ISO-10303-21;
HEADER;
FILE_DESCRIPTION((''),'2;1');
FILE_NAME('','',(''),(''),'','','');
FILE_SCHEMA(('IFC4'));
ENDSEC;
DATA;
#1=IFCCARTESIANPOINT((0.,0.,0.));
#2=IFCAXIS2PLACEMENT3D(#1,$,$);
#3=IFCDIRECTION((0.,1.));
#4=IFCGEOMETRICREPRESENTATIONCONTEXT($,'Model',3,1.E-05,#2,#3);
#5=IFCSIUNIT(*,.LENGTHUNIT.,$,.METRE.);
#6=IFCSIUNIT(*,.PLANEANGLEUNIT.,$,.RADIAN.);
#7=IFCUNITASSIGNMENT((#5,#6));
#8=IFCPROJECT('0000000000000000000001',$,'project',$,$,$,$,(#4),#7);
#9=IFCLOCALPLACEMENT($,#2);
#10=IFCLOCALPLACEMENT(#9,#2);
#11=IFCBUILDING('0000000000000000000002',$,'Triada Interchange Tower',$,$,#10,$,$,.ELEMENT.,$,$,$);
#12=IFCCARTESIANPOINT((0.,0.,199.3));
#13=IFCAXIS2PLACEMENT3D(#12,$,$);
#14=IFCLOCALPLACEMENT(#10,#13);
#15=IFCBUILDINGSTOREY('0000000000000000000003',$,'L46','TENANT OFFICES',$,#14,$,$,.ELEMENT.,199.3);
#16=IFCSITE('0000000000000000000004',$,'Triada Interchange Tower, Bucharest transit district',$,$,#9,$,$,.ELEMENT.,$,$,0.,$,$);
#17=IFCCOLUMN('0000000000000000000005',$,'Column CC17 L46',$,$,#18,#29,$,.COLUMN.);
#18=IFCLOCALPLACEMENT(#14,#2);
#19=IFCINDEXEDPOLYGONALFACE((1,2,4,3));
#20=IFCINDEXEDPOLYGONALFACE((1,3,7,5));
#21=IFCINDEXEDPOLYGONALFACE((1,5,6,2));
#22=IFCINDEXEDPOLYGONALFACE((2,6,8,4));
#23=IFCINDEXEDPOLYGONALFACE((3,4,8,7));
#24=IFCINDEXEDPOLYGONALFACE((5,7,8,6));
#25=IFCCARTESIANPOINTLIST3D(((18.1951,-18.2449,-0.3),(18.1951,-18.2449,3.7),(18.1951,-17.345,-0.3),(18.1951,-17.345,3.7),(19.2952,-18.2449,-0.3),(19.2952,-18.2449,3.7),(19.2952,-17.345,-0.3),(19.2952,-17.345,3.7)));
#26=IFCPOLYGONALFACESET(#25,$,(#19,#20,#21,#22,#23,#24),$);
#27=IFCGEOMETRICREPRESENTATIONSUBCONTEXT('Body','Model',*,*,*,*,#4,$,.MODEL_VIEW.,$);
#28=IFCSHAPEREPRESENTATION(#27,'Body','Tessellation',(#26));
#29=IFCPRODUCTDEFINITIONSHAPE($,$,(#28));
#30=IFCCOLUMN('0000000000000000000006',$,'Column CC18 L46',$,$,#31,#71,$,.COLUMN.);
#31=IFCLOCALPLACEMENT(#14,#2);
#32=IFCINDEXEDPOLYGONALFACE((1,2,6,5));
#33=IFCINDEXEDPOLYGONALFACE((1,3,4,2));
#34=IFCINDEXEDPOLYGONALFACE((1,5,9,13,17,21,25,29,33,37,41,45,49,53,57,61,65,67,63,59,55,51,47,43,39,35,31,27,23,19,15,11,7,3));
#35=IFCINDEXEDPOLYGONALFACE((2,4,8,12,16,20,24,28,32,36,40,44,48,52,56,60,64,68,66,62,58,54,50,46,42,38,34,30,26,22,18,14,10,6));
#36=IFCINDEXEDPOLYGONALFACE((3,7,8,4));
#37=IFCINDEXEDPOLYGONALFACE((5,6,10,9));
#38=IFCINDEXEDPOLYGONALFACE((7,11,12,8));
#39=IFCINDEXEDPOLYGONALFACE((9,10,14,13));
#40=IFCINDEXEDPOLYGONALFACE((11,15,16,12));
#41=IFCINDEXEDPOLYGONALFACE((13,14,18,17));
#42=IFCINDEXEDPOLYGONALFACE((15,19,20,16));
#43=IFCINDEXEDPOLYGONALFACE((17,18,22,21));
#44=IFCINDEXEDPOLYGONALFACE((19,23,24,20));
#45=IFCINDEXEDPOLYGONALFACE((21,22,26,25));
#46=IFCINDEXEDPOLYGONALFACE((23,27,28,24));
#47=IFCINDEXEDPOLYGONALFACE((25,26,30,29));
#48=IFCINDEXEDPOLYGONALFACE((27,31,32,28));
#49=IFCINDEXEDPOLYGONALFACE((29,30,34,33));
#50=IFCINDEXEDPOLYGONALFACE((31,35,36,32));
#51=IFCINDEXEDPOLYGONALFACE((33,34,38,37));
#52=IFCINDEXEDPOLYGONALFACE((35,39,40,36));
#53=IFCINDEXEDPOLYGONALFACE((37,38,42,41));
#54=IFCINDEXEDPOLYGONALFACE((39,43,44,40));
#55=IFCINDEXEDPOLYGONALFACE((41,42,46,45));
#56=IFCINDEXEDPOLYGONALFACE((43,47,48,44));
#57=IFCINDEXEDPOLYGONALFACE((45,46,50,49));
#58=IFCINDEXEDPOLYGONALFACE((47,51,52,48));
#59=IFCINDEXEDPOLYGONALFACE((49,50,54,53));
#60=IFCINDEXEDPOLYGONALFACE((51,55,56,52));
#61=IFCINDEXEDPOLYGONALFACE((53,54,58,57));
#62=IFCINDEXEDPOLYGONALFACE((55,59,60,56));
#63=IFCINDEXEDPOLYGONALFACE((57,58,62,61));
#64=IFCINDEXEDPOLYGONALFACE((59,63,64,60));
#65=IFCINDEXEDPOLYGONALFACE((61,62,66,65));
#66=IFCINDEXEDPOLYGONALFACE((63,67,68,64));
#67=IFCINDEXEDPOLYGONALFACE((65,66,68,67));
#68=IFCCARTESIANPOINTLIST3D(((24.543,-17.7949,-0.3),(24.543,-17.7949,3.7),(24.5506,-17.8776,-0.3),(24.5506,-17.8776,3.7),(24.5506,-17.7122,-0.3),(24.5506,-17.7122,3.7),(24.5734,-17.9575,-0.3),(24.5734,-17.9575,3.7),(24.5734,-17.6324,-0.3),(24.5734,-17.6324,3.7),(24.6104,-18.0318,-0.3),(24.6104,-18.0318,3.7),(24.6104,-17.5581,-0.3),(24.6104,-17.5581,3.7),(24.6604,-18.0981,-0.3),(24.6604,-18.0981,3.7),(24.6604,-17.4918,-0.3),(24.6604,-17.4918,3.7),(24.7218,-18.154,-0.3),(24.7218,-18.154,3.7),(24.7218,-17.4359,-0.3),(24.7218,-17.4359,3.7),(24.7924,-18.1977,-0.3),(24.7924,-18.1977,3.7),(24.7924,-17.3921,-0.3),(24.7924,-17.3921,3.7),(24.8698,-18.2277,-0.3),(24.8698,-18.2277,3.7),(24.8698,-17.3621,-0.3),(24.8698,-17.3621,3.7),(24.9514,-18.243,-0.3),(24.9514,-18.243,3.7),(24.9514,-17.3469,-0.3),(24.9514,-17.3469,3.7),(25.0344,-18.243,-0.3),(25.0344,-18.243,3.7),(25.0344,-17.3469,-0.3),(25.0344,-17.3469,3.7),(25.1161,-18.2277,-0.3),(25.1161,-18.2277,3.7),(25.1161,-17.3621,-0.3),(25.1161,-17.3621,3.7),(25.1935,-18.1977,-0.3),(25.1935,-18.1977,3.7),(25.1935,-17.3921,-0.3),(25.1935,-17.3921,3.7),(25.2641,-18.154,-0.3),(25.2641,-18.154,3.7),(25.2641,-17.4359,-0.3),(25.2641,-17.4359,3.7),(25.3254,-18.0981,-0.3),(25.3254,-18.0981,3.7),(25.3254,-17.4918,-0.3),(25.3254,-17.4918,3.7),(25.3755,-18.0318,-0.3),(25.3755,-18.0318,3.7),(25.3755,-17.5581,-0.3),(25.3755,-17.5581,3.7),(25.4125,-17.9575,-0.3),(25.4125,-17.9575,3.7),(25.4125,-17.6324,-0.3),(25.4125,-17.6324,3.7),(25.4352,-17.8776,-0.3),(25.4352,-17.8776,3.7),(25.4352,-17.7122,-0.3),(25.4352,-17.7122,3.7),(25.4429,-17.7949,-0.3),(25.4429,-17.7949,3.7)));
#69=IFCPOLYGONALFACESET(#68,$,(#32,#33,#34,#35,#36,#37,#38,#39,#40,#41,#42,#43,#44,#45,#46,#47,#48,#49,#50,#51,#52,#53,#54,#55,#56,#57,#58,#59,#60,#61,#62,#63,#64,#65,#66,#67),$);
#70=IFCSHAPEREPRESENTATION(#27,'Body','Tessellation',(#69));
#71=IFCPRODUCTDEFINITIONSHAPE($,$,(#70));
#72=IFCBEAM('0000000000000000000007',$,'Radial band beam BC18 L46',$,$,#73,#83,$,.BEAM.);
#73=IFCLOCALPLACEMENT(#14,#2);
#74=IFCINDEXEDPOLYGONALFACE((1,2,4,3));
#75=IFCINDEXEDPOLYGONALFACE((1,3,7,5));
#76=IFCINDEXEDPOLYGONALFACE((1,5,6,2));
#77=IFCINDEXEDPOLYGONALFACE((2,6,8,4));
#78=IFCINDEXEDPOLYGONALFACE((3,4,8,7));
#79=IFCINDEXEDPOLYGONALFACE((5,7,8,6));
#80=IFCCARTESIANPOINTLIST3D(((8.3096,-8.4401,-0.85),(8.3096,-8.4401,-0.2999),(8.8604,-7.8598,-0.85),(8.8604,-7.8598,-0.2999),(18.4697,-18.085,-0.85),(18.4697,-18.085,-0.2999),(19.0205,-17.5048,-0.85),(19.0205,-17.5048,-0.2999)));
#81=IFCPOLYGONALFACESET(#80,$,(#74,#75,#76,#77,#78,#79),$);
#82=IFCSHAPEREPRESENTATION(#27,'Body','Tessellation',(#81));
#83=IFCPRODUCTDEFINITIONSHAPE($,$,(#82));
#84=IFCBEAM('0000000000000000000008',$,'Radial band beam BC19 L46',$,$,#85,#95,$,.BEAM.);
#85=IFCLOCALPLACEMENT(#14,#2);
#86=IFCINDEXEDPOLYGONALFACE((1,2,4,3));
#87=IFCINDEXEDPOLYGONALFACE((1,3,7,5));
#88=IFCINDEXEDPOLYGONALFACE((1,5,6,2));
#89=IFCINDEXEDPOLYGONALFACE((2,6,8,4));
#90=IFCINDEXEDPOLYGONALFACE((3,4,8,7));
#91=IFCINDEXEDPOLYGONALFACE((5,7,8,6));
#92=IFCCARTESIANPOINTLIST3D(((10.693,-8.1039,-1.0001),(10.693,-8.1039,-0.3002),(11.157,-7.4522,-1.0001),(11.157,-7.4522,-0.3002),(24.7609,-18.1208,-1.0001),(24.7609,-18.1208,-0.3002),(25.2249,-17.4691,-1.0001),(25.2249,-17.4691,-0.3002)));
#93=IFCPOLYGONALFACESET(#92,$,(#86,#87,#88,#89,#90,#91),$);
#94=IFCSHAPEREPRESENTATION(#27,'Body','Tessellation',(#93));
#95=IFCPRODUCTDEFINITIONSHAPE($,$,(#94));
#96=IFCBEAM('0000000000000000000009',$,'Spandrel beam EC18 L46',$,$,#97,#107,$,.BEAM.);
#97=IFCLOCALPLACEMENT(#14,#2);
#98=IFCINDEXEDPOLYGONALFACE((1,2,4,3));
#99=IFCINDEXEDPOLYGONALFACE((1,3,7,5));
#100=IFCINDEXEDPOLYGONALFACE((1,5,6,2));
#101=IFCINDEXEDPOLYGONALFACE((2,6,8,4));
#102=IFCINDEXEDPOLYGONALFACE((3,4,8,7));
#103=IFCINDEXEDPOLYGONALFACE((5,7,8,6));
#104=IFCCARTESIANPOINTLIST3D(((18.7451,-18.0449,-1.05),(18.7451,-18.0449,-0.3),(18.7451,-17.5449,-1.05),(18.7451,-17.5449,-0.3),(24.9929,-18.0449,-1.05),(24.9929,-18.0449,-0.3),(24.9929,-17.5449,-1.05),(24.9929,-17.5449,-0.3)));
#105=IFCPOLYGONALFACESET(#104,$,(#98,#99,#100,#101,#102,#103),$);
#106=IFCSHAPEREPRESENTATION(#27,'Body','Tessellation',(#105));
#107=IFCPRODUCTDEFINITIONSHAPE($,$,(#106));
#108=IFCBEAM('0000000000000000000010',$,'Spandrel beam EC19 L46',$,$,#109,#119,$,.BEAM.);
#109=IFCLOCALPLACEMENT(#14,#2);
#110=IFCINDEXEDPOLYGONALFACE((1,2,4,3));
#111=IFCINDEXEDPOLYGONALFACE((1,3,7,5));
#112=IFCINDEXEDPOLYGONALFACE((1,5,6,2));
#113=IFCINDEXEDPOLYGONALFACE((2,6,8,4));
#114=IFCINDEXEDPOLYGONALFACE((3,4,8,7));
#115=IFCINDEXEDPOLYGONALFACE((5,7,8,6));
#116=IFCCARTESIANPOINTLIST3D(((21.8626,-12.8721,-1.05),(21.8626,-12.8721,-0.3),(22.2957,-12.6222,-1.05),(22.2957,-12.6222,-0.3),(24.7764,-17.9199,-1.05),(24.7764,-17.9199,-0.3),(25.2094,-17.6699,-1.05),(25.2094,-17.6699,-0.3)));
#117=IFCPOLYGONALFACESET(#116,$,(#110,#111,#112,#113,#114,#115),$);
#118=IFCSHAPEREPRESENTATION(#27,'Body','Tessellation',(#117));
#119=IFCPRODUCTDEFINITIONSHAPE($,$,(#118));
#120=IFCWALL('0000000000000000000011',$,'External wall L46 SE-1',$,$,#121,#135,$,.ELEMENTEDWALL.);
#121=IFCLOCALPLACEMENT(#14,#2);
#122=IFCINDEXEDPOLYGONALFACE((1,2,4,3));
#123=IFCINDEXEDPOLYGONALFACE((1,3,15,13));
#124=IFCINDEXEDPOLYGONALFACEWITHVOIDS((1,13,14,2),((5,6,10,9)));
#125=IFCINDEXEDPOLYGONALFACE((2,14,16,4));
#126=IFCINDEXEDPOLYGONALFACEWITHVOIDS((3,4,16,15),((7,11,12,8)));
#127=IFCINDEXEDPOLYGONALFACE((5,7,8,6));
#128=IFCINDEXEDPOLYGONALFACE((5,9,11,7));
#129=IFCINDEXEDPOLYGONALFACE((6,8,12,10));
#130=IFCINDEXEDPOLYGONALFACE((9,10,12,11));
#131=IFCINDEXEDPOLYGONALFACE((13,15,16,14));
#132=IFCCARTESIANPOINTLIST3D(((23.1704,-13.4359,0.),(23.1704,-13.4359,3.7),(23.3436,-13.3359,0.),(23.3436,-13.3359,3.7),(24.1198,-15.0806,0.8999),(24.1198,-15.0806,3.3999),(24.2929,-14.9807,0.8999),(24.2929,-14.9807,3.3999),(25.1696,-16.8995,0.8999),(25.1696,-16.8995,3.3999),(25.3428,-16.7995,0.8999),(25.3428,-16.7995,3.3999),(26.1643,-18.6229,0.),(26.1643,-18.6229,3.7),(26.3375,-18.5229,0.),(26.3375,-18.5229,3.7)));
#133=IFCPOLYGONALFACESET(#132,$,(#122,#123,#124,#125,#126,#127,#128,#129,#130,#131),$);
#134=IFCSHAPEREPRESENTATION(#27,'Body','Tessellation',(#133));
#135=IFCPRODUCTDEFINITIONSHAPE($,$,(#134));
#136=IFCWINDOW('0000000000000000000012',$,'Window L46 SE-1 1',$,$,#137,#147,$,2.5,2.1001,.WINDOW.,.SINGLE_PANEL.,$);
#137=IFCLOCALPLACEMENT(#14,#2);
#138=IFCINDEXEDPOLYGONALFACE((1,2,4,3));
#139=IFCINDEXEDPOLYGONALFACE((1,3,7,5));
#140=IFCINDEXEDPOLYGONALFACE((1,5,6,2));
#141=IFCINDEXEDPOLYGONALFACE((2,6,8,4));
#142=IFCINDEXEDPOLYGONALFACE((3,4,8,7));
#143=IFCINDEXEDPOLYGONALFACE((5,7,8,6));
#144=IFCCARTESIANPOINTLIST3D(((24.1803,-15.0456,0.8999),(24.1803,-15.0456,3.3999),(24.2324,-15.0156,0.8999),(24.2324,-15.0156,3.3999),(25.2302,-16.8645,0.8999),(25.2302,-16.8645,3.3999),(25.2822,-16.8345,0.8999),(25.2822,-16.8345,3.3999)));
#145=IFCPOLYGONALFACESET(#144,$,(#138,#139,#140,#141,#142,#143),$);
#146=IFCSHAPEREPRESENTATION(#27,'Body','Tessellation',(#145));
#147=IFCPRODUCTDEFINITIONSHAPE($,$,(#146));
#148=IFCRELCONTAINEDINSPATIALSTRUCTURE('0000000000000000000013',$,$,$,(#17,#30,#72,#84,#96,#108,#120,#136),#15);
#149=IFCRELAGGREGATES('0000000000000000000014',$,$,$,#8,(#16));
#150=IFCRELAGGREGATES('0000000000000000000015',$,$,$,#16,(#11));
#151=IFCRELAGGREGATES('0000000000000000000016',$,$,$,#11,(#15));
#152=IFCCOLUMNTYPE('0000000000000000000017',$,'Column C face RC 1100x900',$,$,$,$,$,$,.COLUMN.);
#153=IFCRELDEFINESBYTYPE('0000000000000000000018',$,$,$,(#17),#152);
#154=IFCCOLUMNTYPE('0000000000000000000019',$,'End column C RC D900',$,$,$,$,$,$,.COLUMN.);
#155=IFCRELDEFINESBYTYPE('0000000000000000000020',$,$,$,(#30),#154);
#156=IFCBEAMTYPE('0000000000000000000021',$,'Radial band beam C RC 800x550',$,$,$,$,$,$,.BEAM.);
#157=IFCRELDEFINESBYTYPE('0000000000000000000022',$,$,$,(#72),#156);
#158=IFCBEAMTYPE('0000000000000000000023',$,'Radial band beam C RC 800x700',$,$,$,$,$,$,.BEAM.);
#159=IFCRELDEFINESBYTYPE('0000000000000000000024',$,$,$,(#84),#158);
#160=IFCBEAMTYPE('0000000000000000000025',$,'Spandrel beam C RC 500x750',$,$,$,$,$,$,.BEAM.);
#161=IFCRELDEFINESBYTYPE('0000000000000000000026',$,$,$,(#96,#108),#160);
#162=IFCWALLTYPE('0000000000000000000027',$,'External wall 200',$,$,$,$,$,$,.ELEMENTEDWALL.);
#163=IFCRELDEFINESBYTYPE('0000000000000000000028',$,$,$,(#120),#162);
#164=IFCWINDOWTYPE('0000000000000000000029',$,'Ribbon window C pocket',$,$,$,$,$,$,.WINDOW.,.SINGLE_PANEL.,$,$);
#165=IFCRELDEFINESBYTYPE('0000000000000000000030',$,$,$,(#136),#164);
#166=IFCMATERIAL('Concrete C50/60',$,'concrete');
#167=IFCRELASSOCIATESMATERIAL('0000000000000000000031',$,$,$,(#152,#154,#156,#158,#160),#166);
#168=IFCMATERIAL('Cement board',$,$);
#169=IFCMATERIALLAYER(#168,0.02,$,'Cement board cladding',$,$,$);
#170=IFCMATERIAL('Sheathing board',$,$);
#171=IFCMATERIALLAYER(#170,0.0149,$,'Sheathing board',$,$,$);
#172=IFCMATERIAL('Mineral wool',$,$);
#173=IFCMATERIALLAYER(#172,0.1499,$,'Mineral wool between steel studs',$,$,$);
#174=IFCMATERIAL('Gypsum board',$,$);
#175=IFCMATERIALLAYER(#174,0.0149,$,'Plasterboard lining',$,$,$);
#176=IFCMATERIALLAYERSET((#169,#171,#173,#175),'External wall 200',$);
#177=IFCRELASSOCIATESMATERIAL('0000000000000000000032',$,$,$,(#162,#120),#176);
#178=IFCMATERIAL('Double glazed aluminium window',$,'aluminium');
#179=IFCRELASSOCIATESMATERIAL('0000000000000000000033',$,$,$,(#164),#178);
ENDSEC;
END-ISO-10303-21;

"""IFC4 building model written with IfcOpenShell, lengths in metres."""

from ifc_helpers import new_model, si_unit, direction, frame, frame_2d, origin, origin_2d, place, context, subcontext, project, spatial, rectangle, circle, extrude, material, layer, layer_set, layer_usage, material_profile, profile_set, type_object, element, fill, save


model = new_model("IFC4")

# Units and contexts
model_context = context("Model", 3, precision=1e-05, world=origin(), true_north=direction((0.0, 1.0)))
body_context = subcontext(model_context, "Body", "Model", "MODEL_VIEW")
ifc_project = project(units=[si_unit("LENGTHUNIT", "METRE"), si_unit("PLANEANGLEUNIT", "RADIAN")], contexts=[model_context])

# Site, building, storey
site_placement = place(None, origin())
site = spatial("IfcSite", under=ifc_project, at=site_placement, Name="Triada Interchange Tower, Bucharest transit district", CompositionType="ELEMENT", RefElevation=0.0)
building_placement = place(site_placement, origin())
building = spatial("IfcBuilding", under=site, at=building_placement, Name="Triada Interchange Tower", CompositionType="ELEMENT")
storey_placement = place(building_placement, frame((0.0, 0.0, 199.3)))
storey = spatial("IfcBuildingStorey", under=building, at=storey_placement, Name="L46", Description="TENANT OFFICES", CompositionType="ELEMENT", Elevation=199.3)

# Columns
ifc_material_1 = material(Name="Concrete C50/60", Category="concrete")
ifc_material_profile_1 = material_profile(ifc_material_1, rectangle(XDim=1.1001, YDim=0.8999, at=origin_2d()), Name="RC 1100x900")
ifc_profile_set_1 = profile_set([ifc_material_profile_1], Name="Concrete C50/60")
column_type_1 = type_object("IfcColumnType", Name="Column C face RC 1100x900", PredefinedType="COLUMN", material=ifc_profile_set_1)
column_1_placement = place(storey_placement, frame((18.7451, -17.7949, -0.3), z_axis=(0.0, 0.0, 1.0), x_axis=(1.0, 0.0, 0.0)))
element("IfcColumn", 1, at=column_1_placement, inside=storey, type_object=column_type_1, Name="Column CC17 L46", PredefinedType="COLUMN", context=body_context, shape_type="SweptSolid", body=[
    extrude(rectangle(XDim=1.1001, YDim=0.8999, at=origin_2d()), origin(), (0.0, 0.0, 1.0), 4.0),
])
ifc_material_profile_2 = material_profile(ifc_material_1, circle(Radius=0.45, at=origin_2d()), Name="RC D900")
ifc_profile_set_2 = profile_set([ifc_material_profile_2], Name="Concrete C50/60")
column_type_2 = type_object("IfcColumnType", Name="End column C RC D900", PredefinedType="COLUMN", material=ifc_profile_set_2)
column_2_placement = place(storey_placement, frame((24.9929, -17.7949, -0.3), z_axis=(0.0, 0.0, 1.0), x_axis=(1.0, 0.0, 0.0)))
element("IfcColumn", 2, at=column_2_placement, inside=storey, type_object=column_type_2, Name="Column CC18 L46", PredefinedType="COLUMN", context=body_context, shape_type="SweptSolid", body=[
    extrude(circle(Radius=0.45, at=origin_2d()), origin(), (0.0, 0.0, 1.0), 4.0),
])

# Beams
ifc_material_profile_3 = material_profile(ifc_material_1, rectangle(XDim=0.8, YDim=0.55, at=origin_2d()), Name="RC 800x550")
ifc_profile_set_3 = profile_set([ifc_material_profile_3], Name="Concrete C50/60")
beam_type_1 = type_object("IfcBeamType", Name="Radial band beam C RC 800x550", PredefinedType="BEAM", material=ifc_profile_set_3)
beam_1_placement = place(storey_placement, frame((18.7451, -17.7949, -0.575), z_axis=(-0.725253, 0.688482, 0.0), x_axis=(-0.688482, -0.725253, 0.0)))
element("IfcBeam", 3, at=beam_1_placement, inside=storey, type_object=beam_type_1, Name="Radial band beam BC18 L46", PredefinedType="BEAM", context=body_context, shape_type="SweptSolid", body=[
    extrude(rectangle(XDim=0.8, YDim=0.55, at=origin_2d()), origin(), (0.0, 0.0, 1.0), 14.009),
])
ifc_material_profile_4 = material_profile(ifc_material_1, rectangle(XDim=0.8, YDim=0.7, at=origin_2d()), Name="RC 800x700")
ifc_profile_set_4 = profile_set([ifc_material_profile_4], Name="Concrete C50/60")
beam_type_2 = type_object("IfcBeamType", Name="Radial band beam C RC 800x700", PredefinedType="BEAM", material=ifc_profile_set_4)
beam_2_placement = place(storey_placement, frame((24.9929, -17.7949, -0.6501), z_axis=(-0.814599, 0.580025, 0.0), x_axis=(-0.580025, -0.814599, 0.0)))
element("IfcBeam", 4, at=beam_2_placement, inside=storey, type_object=beam_type_2, Name="Radial band beam BC19 L46", PredefinedType="BEAM", context=body_context, shape_type="SweptSolid", body=[
    extrude(rectangle(XDim=0.8, YDim=0.7, at=origin_2d()), origin(), (0.0, 0.0, 1.0), 17.2698),
])
ifc_material_profile_5 = material_profile(ifc_material_1, rectangle(XDim=0.5, YDim=0.75, at=origin_2d()), Name="RC 500x750")
ifc_profile_set_5 = profile_set([ifc_material_profile_5], Name="Concrete C50/60")
beam_type_3 = type_object("IfcBeamType", Name="Spandrel beam C RC 500x750", PredefinedType="BEAM", material=ifc_profile_set_5)
beam_3_placement = place(storey_placement, frame((18.7451, -17.7949, -0.675), z_axis=(1.0, 0.0, 0.0), x_axis=(0.0, 1.0, 0.0)))
element("IfcBeam", 5, at=beam_3_placement, inside=storey, type_object=beam_type_3, Name="Spandrel beam EC18 L46", PredefinedType="BEAM", context=body_context, shape_type="SweptSolid", body=[
    extrude(rectangle(XDim=0.5, YDim=0.75, at=origin_2d()), origin(), (0.0, 0.0, 1.0), 6.2478),
])
beam_4_placement = place(storey_placement, frame((24.9929, -17.7949, -0.675), z_axis=(-0.499928, 0.866067, 0.0), x_axis=(-0.866067, -0.499928, 0.0)))
element("IfcBeam", 6, at=beam_4_placement, inside=storey, type_object=beam_type_3, Name="Spandrel beam EC19 L46", PredefinedType="BEAM", context=body_context, shape_type="SweptSolid", body=[
    extrude(rectangle(XDim=0.5, YDim=0.75, at=origin_2d()), origin(), (0.0, 0.0, 1.0), 5.8284),
])

# Wall, opening, window
ifc_material_2 = material(Name="Cement board")
ifc_layer_1 = layer(ifc_material_2, 0.02, Name="Cement board cladding")
ifc_material_3 = material(Name="Sheathing board")
ifc_layer_2 = layer(ifc_material_3, 0.0149, Name="Sheathing board")
ifc_material_4 = material(Name="Mineral wool")
ifc_layer_3 = layer(ifc_material_4, 0.1499, Name="Mineral wool between steel studs")
ifc_material_5 = material(Name="Gypsum board")
ifc_layer_4 = layer(ifc_material_5, 0.0149, Name="Plasterboard lining")
ifc_layer_set_1 = layer_set([ifc_layer_1, ifc_layer_2, ifc_layer_3, ifc_layer_4], Name="External wall 200")
ifc_layer_usage = layer_usage(ifc_layer_set_1, "AXIS2", "POSITIVE", -0.1001)
wall_type_1 = type_object("IfcWallType", Name="External wall 200", PredefinedType="ELEMENTEDWALL", material=ifc_layer_set_1)
wall_1_placement = place(storey_placement, frame((26.251, -18.573, 0.0), z_axis=(0.0, 0.0, 1.0), x_axis=(-0.499897, 0.866085, 0.0)))
wall_1 = element("IfcWall", 7, at=wall_1_placement, inside=storey, type_object=wall_type_1, material=ifc_layer_usage, Name="External wall L46 SE-1", PredefinedType="ELEMENTEDWALL", context=body_context, shape_type="SweptSolid", body=[
    extrude(rectangle(XDim=5.989, YDim=0.2, at=frame_2d((2.9946, 0.0))), origin(), (0.0, 0.0, 1.0), 3.7),
])
opening_1_placement = place(wall_1_placement, frame((1.99, 0.0, 0.8999)))
opening_1 = element("IfcOpeningElement", 8, at=opening_1_placement, cuts=wall_1, PredefinedType="OPENING", context=body_context, shape_type="SweptSolid", body=[
    extrude(rectangle(XDim=2.1001, YDim=2.5, at=frame_2d((1.05, 1.25))), frame((0.0, 0.1099, 0.0), z_axis=(0.0, -1.0, 0.0), x_axis=(1.0, 0.0, 0.0)), (0.0, 0.0, 1.0), 0.22),
])
ifc_material_6 = material(Name="Double glazed aluminium window", Category="aluminium")
window_type_1 = type_object("IfcWindowType", Name="Ribbon window C pocket", PartitioningType="SINGLE_PANEL", PredefinedType="WINDOW", material=ifc_material_6)
window_1_placement = place(opening_1_placement, origin())
window_1 = element("IfcWindow", 9, at=window_1_placement, inside=storey, type_object=window_type_1, Name="Window L46 SE-1 1", OverallHeight=2.5, OverallWidth=2.1001, PartitioningType="SINGLE_PANEL", PredefinedType="WINDOW", context=body_context, shape_type="SweptSolid", body=[
    extrude(rectangle(XDim=2.1001, YDim=2.5, at=frame_2d((1.05, 1.25))), frame((0.0, 0.03, 0.0), z_axis=(0.0, -1.0, 0.0), x_axis=(1.0, 0.0, 0.0)), (0.0, 0.0, 1.0), 0.0601),
])
fill(opening_1, window_1)

save(model, "model.ifc")
